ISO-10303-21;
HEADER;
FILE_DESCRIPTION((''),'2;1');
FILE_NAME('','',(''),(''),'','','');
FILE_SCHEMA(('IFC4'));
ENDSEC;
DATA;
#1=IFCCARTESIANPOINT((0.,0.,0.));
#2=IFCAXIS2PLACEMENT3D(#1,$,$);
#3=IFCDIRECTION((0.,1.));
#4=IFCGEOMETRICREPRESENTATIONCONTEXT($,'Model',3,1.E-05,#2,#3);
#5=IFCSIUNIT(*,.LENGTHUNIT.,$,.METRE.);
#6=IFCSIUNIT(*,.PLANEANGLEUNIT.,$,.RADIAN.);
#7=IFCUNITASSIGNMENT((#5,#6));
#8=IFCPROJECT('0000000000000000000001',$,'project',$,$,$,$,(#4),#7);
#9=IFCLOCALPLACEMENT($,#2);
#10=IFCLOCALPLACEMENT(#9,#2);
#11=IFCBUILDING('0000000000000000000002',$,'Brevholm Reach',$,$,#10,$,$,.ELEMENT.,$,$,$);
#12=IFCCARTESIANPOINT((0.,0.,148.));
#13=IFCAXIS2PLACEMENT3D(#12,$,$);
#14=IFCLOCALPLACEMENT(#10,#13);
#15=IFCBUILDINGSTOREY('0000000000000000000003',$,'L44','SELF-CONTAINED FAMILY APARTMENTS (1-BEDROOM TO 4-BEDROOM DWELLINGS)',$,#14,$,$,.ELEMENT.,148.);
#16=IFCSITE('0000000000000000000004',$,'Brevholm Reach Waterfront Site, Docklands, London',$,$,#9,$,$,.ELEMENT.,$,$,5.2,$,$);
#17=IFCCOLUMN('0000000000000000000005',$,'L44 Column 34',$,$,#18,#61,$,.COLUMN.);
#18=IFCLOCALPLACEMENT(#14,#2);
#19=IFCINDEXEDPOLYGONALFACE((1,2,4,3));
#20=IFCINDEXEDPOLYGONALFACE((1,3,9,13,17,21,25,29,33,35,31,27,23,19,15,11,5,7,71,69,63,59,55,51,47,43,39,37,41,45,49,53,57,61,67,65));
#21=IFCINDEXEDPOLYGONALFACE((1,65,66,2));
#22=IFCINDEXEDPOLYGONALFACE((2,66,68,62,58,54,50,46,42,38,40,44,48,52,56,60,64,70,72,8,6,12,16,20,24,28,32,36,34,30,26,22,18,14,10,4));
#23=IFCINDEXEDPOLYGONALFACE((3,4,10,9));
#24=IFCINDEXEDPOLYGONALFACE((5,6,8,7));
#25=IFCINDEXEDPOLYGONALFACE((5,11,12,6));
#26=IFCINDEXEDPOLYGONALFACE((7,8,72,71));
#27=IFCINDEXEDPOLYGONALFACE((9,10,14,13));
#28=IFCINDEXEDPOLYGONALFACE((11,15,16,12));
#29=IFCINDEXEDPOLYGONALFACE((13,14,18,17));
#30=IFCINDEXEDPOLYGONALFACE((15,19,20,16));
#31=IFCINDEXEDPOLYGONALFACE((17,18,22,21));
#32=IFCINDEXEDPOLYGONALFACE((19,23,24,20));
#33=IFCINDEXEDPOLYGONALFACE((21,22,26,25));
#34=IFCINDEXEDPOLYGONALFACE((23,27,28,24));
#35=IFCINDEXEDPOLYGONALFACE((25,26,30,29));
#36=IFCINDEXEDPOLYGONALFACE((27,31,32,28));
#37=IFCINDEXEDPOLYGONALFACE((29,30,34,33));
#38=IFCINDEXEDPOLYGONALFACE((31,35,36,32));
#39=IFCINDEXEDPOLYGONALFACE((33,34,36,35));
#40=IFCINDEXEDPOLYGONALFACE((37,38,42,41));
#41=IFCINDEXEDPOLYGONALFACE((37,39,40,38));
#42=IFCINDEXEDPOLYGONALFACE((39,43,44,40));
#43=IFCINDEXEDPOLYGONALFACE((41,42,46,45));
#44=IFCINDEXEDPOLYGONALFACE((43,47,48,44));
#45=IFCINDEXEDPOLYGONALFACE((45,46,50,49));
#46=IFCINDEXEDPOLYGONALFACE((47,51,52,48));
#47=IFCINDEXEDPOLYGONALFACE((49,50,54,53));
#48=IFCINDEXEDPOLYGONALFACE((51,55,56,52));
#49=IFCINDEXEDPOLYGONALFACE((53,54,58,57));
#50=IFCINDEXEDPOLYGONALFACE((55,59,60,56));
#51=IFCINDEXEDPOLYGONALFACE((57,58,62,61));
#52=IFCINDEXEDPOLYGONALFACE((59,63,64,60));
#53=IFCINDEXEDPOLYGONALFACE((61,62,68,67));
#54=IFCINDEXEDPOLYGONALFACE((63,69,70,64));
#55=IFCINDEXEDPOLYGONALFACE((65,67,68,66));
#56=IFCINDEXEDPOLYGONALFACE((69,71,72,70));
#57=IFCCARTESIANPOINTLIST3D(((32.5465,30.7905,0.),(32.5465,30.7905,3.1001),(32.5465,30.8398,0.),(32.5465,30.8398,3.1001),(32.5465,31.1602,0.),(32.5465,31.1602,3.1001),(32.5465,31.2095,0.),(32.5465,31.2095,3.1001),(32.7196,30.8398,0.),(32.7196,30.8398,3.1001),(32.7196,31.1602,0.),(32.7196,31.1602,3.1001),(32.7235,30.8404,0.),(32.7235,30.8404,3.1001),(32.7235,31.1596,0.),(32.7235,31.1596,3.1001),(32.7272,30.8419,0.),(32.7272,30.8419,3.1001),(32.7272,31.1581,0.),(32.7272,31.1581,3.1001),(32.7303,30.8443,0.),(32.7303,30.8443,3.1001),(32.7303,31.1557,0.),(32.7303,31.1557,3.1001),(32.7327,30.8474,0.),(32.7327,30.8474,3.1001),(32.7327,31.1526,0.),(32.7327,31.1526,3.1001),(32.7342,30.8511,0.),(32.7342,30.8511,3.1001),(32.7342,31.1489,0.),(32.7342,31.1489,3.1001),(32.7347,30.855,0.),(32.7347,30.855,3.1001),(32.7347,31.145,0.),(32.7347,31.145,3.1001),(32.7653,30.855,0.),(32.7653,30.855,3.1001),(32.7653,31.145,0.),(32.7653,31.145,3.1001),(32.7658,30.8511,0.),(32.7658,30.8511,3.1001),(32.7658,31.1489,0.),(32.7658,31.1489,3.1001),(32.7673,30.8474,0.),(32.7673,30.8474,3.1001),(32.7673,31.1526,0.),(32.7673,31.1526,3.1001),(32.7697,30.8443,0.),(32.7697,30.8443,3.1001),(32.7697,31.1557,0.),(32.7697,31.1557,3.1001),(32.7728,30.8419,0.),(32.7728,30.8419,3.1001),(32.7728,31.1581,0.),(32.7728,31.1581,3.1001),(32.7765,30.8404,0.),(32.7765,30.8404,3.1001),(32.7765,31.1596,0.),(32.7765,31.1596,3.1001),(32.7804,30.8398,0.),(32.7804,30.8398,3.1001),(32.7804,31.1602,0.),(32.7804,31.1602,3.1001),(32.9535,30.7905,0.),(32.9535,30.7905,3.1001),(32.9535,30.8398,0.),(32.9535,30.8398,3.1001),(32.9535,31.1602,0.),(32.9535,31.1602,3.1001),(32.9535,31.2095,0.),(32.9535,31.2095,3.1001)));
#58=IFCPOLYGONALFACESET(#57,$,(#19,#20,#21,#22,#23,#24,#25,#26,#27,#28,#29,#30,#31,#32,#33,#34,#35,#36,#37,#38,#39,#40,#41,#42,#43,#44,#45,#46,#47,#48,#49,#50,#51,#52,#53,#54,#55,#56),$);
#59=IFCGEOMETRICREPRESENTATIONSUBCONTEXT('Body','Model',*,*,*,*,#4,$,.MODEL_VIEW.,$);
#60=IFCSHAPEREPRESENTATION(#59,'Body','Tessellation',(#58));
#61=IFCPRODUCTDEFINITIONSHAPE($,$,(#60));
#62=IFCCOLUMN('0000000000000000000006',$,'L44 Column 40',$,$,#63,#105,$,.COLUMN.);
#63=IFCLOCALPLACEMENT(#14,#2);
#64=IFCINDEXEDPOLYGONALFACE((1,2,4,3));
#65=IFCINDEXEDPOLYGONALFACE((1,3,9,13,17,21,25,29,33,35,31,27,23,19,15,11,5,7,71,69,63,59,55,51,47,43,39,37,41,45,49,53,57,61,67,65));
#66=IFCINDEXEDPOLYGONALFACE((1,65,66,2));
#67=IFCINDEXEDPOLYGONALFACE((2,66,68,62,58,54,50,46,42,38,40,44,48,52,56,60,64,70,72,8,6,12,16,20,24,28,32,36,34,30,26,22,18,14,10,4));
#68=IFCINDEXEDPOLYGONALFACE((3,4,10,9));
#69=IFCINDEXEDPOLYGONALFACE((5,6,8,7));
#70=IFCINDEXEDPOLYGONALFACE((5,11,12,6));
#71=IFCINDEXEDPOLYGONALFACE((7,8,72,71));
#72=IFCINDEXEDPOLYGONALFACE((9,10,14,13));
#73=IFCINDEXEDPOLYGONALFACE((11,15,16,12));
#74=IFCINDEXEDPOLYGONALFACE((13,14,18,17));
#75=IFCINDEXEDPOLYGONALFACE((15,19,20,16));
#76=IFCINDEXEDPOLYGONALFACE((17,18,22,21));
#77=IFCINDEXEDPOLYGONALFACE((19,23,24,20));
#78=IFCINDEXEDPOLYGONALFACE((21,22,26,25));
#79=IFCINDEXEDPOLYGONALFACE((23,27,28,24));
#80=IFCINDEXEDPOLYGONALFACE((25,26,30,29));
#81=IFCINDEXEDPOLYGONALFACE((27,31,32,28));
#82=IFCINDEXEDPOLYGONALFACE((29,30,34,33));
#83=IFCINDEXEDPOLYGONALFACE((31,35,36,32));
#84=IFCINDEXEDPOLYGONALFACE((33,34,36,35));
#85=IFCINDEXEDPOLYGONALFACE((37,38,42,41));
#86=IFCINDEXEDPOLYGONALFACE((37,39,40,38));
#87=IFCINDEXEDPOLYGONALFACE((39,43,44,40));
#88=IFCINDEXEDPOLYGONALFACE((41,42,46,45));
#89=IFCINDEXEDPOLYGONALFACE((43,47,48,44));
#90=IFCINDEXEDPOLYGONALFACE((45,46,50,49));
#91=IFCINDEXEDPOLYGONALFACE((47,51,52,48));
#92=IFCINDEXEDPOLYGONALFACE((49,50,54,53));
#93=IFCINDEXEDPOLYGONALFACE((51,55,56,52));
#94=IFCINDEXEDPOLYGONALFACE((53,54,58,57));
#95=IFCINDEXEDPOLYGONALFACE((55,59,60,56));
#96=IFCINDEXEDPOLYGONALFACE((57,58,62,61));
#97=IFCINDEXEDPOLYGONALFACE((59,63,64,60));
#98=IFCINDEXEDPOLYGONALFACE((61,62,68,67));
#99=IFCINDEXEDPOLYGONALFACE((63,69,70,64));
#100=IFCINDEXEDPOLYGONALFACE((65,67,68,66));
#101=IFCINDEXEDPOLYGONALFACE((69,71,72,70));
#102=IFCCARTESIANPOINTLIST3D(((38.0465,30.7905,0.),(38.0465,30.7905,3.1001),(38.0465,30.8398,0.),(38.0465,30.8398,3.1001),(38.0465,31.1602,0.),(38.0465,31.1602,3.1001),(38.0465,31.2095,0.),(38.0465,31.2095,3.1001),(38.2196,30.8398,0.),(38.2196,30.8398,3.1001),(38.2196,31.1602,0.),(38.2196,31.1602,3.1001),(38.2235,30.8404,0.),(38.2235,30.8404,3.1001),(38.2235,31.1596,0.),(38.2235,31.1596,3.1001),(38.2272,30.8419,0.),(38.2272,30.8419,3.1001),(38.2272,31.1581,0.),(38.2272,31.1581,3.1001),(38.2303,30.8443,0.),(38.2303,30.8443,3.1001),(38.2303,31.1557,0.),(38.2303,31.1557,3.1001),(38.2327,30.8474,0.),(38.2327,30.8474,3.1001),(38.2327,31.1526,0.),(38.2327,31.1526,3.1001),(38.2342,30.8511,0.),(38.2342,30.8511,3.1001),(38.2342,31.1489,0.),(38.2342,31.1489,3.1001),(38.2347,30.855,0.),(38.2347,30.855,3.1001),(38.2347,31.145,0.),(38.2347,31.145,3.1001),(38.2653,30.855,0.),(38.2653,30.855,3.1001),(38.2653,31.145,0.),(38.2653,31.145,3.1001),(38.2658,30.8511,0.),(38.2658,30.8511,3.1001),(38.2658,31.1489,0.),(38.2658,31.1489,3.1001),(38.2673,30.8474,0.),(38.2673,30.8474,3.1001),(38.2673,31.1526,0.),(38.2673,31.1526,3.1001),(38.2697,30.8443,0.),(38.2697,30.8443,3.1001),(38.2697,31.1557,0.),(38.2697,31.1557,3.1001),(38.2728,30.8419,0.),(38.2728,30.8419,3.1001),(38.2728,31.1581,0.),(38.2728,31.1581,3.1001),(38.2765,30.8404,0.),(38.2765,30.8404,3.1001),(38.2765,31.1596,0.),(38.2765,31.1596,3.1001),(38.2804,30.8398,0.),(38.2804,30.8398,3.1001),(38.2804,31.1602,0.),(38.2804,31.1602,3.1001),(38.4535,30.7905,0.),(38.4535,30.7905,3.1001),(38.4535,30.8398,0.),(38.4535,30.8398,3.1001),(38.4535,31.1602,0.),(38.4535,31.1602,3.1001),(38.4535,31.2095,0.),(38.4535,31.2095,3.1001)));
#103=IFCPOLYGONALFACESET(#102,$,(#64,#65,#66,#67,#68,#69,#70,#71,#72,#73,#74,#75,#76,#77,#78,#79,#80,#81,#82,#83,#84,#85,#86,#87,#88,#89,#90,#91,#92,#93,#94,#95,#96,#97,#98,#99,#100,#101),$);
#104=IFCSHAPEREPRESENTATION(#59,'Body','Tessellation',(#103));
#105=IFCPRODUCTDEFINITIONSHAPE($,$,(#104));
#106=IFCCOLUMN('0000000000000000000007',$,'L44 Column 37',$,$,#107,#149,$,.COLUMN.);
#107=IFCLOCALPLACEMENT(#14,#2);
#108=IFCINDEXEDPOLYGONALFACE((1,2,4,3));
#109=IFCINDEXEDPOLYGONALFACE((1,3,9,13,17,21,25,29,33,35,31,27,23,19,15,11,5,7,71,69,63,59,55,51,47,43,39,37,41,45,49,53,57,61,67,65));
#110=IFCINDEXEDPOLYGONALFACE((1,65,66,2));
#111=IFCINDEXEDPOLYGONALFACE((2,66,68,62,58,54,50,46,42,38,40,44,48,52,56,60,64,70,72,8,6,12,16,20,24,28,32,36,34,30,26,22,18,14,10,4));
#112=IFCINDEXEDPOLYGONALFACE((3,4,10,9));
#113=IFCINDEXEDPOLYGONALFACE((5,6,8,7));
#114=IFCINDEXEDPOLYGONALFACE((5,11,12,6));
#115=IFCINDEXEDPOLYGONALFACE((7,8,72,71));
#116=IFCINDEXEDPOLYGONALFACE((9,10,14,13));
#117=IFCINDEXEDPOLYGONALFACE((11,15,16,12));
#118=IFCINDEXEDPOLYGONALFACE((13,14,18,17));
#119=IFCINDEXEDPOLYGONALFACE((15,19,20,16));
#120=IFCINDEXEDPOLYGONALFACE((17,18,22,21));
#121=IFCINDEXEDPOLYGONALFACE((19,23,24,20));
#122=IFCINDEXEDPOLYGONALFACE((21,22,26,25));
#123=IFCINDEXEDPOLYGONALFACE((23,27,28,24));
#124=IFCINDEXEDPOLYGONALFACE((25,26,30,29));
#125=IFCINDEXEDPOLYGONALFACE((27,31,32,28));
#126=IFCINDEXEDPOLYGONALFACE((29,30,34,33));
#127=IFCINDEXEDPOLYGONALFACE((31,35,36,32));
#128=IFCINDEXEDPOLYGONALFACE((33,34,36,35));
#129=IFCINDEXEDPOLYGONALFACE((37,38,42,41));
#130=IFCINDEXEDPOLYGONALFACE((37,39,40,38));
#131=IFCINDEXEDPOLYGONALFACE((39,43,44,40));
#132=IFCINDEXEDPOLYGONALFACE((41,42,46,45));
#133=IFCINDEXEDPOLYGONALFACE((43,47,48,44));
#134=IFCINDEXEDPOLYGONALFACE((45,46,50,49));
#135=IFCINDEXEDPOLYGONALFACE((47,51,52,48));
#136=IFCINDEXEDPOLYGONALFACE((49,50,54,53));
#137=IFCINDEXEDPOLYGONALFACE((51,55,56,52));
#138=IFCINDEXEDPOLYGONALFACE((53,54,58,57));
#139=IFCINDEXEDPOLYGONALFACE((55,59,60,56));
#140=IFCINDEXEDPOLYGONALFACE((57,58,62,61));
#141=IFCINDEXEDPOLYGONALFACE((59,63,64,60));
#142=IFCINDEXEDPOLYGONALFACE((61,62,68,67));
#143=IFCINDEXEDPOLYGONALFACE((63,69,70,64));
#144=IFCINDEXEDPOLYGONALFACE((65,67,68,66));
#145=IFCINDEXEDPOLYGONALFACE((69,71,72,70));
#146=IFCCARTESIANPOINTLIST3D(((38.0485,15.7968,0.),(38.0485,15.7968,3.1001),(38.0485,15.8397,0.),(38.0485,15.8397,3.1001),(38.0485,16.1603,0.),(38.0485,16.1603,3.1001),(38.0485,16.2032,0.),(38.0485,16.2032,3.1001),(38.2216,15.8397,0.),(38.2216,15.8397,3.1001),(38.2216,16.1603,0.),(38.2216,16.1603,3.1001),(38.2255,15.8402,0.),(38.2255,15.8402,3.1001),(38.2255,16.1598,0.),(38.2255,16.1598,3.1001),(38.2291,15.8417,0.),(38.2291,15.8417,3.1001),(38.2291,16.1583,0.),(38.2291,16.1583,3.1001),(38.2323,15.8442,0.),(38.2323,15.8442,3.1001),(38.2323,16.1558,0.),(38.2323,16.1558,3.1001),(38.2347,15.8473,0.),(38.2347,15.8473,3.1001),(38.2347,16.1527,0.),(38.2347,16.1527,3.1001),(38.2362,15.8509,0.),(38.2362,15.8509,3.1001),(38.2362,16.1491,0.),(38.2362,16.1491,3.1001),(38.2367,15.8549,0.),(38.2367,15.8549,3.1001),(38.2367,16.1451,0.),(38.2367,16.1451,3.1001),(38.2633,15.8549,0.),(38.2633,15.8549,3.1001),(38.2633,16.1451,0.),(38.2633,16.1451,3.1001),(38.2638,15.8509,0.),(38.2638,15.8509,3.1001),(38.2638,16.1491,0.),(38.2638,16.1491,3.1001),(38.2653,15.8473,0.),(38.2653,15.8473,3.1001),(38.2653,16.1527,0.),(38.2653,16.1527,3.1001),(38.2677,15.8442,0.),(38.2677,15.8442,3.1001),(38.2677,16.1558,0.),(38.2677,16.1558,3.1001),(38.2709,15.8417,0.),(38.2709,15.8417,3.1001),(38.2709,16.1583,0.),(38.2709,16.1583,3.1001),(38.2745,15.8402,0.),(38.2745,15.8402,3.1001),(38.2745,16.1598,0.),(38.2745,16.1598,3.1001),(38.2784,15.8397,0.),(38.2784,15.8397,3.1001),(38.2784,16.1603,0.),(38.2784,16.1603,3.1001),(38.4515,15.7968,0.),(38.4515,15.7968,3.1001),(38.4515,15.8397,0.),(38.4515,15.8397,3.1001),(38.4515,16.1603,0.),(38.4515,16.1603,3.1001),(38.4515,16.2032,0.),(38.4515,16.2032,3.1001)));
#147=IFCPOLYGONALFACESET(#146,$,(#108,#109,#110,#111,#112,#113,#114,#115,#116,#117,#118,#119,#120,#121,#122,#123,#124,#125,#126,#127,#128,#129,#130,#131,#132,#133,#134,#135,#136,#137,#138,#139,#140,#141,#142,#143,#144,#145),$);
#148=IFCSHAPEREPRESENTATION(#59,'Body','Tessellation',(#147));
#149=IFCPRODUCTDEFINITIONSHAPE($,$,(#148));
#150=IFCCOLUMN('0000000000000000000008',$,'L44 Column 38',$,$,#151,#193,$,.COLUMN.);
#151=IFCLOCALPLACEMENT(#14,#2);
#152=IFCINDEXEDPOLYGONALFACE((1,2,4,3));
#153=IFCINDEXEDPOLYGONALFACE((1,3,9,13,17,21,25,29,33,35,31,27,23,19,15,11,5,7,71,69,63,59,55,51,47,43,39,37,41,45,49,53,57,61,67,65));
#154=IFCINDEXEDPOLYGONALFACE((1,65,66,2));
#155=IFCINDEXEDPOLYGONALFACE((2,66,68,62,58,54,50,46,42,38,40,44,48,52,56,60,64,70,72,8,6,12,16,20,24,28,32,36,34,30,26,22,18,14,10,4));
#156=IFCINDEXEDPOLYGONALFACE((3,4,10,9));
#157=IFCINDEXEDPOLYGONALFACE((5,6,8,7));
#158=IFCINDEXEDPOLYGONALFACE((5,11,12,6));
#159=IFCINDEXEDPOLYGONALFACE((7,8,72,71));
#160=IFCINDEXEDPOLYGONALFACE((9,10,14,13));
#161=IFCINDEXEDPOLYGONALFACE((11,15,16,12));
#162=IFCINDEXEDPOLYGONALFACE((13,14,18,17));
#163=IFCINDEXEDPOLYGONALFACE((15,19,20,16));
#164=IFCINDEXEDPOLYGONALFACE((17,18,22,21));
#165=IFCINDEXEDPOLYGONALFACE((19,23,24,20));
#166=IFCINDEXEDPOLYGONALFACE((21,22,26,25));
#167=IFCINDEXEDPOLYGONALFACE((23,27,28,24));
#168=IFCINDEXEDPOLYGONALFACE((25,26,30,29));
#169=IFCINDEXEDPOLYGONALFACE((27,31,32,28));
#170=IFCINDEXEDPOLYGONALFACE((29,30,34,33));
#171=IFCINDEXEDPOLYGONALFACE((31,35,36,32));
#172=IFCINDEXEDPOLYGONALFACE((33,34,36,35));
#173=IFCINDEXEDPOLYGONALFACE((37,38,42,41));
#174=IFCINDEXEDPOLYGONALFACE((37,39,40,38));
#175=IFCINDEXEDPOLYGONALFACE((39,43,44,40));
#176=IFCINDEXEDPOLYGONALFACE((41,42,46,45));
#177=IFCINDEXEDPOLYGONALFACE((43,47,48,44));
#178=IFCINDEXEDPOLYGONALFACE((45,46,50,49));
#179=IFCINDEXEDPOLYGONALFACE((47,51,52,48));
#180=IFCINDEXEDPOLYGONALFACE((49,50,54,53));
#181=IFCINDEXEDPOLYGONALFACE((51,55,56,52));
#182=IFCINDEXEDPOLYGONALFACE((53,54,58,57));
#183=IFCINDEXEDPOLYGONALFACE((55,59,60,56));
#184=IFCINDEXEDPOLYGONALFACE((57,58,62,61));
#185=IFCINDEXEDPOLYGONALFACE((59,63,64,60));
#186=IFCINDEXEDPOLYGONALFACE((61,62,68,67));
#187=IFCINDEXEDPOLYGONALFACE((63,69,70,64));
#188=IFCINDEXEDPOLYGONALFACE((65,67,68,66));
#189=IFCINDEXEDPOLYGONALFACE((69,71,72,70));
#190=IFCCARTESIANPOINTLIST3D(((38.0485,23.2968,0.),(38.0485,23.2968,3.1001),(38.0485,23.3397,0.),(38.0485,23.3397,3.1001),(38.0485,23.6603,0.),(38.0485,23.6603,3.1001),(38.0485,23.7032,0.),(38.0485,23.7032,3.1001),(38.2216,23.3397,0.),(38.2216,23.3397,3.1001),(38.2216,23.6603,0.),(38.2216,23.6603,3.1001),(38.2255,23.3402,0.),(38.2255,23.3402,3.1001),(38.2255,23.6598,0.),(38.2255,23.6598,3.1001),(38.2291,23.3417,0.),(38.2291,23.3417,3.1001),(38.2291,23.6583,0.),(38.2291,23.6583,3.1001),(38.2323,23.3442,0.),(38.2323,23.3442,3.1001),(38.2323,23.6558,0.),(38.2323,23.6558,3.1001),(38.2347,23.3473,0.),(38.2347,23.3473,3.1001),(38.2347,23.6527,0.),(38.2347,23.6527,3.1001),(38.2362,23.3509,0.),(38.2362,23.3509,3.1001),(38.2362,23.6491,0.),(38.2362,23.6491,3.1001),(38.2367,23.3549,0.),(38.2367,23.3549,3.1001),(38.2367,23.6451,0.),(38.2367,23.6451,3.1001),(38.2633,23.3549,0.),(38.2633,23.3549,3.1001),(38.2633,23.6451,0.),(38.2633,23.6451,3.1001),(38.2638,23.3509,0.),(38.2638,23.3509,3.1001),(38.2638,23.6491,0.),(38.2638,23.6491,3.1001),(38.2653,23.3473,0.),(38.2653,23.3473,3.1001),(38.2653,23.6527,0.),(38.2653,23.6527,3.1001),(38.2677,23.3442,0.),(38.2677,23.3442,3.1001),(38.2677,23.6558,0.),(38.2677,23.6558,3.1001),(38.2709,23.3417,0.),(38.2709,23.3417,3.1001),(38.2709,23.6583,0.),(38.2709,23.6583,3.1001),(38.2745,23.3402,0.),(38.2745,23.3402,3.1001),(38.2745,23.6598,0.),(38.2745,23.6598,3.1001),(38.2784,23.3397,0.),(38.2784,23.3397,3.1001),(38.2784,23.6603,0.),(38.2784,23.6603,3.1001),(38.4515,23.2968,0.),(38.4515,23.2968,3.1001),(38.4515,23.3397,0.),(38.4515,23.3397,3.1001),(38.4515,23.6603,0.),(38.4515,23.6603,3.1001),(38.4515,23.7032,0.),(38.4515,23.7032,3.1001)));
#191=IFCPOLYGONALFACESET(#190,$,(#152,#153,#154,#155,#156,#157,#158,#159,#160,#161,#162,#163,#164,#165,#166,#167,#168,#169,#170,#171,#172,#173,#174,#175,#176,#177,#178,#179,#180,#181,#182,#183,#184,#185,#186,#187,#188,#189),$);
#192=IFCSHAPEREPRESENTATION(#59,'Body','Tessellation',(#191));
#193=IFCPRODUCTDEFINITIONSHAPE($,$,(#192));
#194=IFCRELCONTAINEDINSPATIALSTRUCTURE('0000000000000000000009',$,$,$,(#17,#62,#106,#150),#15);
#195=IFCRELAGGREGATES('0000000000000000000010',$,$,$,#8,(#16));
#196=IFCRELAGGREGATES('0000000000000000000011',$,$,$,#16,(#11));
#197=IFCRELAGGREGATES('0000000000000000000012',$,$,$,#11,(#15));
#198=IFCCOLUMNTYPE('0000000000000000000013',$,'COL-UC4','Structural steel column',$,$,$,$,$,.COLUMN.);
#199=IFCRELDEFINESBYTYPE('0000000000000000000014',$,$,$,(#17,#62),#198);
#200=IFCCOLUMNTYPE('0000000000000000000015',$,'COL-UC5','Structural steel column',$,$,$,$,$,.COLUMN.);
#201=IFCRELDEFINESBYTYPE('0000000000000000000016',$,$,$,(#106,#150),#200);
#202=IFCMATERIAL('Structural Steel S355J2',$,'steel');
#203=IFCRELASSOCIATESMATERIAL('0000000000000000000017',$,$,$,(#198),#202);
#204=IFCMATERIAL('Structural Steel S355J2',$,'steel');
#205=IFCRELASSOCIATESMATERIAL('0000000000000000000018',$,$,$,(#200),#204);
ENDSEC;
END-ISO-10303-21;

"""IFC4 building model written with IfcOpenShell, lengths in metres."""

from ifc_helpers import new_model, si_unit, direction, frame, origin, origin_2d, place, context, subcontext, project, spatial, i_section, extrude, material, material_profile, profile_set, type_object, element, save


model = new_model("IFC4")

# Units and contexts
model_context = context("Model", 3, precision=1e-05, world=origin(), true_north=direction((0.0, 1.0)))
body_context = subcontext(model_context, "Body", "Model", "MODEL_VIEW")
ifc_project = project(units=[si_unit("LENGTHUNIT", "METRE"), si_unit("PLANEANGLEUNIT", "RADIAN")], contexts=[model_context])

# Site, building, storey
site_placement = place(None, origin())
site = spatial("IfcSite", under=ifc_project, at=site_placement, Name="Brevholm Reach Waterfront Site, Docklands, London", CompositionType="ELEMENT", RefElevation=5.2)
building_placement = place(site_placement, origin())
building = spatial("IfcBuilding", under=site, at=building_placement, Name="Brevholm Reach", CompositionType="ELEMENT")
storey_placement = place(building_placement, frame((0.0, 0.0, 148.0)))
storey = spatial("IfcBuildingStorey", under=building, at=storey_placement, Name="L44", Description="SELF-CONTAINED FAMILY APARTMENTS (1-BEDROOM TO 4-BEDROOM DWELLINGS)", CompositionType="ELEMENT", Elevation=148.0)

# Columns
ifc_material_1 = material(Name="Structural Steel S355J2", Category="steel")
ifc_material_profile_1 = material_profile(ifc_material_1, i_section(OverallWidth=0.407, OverallDepth=0.4189, WebThickness=0.0305, FlangeThickness=0.0493, FilletRadius=0.0151, at=origin_2d()), Name="UKC 356x406x393")
ifc_profile_set_1 = profile_set([ifc_material_profile_1], Name="Structural Steel S355J2")
column_type_1 = type_object("IfcColumnType", Name="COL-UC4", Description="Structural steel column", PredefinedType="COLUMN", material=ifc_profile_set_1)
for number, where, z_axis, x_axis, name in (
    (1, (32.75, 31.0, 0.0), (0.0, 0.0, 1.0), (1.0, 0.0, 0.0), "L44 Column 34"),
    (2, (38.25, 31.0, 0.0), (0.0, 0.0, 1.0), (1.0, 0.0, 0.0), "L44 Column 40"),
):
    element("IfcColumn", number, at=place(storey_placement, frame(where, z_axis=z_axis, x_axis=x_axis)), inside=storey, type_object=column_type_1, Name=name, PredefinedType="COLUMN", context=body_context, shape_type="SweptSolid", body=[
        extrude(i_section(OverallWidth=0.407, OverallDepth=0.4189, WebThickness=0.0305, FlangeThickness=0.0493, FilletRadius=0.0151, at=origin_2d()), origin(), (0.0, 0.0, 1.0), 3.1001),
    ])
ifc_material_2 = material(Name="Structural Steel S355J2", Category="steel")
ifc_material_profile_2 = material_profile(ifc_material_2, i_section(OverallWidth=0.4031, OverallDepth=0.4065, WebThickness=0.0266, FlangeThickness=0.043, FilletRadius=0.0151, at=origin_2d()), Name="UKC 356x406x340")
ifc_profile_set_2 = profile_set([ifc_material_profile_2], Name="Structural Steel S355J2")
column_type_2 = type_object("IfcColumnType", Name="COL-UC5", Description="Structural steel column", PredefinedType="COLUMN", material=ifc_profile_set_2)
for number, where, z_axis, x_axis, name in (
    (3, (38.25, 16.0, 0.0), (0.0, 0.0, 1.0), (1.0, 0.0, 0.0), "L44 Column 37"),
    (4, (38.25, 23.5, 0.0), (0.0, 0.0, 1.0), (1.0, 0.0, 0.0), "L44 Column 38"),
):
    element("IfcColumn", number, at=place(storey_placement, frame(where, z_axis=z_axis, x_axis=x_axis)), inside=storey, type_object=column_type_2, Name=name, PredefinedType="COLUMN", context=body_context, shape_type="SweptSolid", body=[
        extrude(i_section(OverallWidth=0.4031, OverallDepth=0.4065, WebThickness=0.0266, FlangeThickness=0.043, FilletRadius=0.0151, at=origin_2d()), origin(), (0.0, 0.0, 1.0), 3.1001),
    ])

save(model, "model.ifc")
